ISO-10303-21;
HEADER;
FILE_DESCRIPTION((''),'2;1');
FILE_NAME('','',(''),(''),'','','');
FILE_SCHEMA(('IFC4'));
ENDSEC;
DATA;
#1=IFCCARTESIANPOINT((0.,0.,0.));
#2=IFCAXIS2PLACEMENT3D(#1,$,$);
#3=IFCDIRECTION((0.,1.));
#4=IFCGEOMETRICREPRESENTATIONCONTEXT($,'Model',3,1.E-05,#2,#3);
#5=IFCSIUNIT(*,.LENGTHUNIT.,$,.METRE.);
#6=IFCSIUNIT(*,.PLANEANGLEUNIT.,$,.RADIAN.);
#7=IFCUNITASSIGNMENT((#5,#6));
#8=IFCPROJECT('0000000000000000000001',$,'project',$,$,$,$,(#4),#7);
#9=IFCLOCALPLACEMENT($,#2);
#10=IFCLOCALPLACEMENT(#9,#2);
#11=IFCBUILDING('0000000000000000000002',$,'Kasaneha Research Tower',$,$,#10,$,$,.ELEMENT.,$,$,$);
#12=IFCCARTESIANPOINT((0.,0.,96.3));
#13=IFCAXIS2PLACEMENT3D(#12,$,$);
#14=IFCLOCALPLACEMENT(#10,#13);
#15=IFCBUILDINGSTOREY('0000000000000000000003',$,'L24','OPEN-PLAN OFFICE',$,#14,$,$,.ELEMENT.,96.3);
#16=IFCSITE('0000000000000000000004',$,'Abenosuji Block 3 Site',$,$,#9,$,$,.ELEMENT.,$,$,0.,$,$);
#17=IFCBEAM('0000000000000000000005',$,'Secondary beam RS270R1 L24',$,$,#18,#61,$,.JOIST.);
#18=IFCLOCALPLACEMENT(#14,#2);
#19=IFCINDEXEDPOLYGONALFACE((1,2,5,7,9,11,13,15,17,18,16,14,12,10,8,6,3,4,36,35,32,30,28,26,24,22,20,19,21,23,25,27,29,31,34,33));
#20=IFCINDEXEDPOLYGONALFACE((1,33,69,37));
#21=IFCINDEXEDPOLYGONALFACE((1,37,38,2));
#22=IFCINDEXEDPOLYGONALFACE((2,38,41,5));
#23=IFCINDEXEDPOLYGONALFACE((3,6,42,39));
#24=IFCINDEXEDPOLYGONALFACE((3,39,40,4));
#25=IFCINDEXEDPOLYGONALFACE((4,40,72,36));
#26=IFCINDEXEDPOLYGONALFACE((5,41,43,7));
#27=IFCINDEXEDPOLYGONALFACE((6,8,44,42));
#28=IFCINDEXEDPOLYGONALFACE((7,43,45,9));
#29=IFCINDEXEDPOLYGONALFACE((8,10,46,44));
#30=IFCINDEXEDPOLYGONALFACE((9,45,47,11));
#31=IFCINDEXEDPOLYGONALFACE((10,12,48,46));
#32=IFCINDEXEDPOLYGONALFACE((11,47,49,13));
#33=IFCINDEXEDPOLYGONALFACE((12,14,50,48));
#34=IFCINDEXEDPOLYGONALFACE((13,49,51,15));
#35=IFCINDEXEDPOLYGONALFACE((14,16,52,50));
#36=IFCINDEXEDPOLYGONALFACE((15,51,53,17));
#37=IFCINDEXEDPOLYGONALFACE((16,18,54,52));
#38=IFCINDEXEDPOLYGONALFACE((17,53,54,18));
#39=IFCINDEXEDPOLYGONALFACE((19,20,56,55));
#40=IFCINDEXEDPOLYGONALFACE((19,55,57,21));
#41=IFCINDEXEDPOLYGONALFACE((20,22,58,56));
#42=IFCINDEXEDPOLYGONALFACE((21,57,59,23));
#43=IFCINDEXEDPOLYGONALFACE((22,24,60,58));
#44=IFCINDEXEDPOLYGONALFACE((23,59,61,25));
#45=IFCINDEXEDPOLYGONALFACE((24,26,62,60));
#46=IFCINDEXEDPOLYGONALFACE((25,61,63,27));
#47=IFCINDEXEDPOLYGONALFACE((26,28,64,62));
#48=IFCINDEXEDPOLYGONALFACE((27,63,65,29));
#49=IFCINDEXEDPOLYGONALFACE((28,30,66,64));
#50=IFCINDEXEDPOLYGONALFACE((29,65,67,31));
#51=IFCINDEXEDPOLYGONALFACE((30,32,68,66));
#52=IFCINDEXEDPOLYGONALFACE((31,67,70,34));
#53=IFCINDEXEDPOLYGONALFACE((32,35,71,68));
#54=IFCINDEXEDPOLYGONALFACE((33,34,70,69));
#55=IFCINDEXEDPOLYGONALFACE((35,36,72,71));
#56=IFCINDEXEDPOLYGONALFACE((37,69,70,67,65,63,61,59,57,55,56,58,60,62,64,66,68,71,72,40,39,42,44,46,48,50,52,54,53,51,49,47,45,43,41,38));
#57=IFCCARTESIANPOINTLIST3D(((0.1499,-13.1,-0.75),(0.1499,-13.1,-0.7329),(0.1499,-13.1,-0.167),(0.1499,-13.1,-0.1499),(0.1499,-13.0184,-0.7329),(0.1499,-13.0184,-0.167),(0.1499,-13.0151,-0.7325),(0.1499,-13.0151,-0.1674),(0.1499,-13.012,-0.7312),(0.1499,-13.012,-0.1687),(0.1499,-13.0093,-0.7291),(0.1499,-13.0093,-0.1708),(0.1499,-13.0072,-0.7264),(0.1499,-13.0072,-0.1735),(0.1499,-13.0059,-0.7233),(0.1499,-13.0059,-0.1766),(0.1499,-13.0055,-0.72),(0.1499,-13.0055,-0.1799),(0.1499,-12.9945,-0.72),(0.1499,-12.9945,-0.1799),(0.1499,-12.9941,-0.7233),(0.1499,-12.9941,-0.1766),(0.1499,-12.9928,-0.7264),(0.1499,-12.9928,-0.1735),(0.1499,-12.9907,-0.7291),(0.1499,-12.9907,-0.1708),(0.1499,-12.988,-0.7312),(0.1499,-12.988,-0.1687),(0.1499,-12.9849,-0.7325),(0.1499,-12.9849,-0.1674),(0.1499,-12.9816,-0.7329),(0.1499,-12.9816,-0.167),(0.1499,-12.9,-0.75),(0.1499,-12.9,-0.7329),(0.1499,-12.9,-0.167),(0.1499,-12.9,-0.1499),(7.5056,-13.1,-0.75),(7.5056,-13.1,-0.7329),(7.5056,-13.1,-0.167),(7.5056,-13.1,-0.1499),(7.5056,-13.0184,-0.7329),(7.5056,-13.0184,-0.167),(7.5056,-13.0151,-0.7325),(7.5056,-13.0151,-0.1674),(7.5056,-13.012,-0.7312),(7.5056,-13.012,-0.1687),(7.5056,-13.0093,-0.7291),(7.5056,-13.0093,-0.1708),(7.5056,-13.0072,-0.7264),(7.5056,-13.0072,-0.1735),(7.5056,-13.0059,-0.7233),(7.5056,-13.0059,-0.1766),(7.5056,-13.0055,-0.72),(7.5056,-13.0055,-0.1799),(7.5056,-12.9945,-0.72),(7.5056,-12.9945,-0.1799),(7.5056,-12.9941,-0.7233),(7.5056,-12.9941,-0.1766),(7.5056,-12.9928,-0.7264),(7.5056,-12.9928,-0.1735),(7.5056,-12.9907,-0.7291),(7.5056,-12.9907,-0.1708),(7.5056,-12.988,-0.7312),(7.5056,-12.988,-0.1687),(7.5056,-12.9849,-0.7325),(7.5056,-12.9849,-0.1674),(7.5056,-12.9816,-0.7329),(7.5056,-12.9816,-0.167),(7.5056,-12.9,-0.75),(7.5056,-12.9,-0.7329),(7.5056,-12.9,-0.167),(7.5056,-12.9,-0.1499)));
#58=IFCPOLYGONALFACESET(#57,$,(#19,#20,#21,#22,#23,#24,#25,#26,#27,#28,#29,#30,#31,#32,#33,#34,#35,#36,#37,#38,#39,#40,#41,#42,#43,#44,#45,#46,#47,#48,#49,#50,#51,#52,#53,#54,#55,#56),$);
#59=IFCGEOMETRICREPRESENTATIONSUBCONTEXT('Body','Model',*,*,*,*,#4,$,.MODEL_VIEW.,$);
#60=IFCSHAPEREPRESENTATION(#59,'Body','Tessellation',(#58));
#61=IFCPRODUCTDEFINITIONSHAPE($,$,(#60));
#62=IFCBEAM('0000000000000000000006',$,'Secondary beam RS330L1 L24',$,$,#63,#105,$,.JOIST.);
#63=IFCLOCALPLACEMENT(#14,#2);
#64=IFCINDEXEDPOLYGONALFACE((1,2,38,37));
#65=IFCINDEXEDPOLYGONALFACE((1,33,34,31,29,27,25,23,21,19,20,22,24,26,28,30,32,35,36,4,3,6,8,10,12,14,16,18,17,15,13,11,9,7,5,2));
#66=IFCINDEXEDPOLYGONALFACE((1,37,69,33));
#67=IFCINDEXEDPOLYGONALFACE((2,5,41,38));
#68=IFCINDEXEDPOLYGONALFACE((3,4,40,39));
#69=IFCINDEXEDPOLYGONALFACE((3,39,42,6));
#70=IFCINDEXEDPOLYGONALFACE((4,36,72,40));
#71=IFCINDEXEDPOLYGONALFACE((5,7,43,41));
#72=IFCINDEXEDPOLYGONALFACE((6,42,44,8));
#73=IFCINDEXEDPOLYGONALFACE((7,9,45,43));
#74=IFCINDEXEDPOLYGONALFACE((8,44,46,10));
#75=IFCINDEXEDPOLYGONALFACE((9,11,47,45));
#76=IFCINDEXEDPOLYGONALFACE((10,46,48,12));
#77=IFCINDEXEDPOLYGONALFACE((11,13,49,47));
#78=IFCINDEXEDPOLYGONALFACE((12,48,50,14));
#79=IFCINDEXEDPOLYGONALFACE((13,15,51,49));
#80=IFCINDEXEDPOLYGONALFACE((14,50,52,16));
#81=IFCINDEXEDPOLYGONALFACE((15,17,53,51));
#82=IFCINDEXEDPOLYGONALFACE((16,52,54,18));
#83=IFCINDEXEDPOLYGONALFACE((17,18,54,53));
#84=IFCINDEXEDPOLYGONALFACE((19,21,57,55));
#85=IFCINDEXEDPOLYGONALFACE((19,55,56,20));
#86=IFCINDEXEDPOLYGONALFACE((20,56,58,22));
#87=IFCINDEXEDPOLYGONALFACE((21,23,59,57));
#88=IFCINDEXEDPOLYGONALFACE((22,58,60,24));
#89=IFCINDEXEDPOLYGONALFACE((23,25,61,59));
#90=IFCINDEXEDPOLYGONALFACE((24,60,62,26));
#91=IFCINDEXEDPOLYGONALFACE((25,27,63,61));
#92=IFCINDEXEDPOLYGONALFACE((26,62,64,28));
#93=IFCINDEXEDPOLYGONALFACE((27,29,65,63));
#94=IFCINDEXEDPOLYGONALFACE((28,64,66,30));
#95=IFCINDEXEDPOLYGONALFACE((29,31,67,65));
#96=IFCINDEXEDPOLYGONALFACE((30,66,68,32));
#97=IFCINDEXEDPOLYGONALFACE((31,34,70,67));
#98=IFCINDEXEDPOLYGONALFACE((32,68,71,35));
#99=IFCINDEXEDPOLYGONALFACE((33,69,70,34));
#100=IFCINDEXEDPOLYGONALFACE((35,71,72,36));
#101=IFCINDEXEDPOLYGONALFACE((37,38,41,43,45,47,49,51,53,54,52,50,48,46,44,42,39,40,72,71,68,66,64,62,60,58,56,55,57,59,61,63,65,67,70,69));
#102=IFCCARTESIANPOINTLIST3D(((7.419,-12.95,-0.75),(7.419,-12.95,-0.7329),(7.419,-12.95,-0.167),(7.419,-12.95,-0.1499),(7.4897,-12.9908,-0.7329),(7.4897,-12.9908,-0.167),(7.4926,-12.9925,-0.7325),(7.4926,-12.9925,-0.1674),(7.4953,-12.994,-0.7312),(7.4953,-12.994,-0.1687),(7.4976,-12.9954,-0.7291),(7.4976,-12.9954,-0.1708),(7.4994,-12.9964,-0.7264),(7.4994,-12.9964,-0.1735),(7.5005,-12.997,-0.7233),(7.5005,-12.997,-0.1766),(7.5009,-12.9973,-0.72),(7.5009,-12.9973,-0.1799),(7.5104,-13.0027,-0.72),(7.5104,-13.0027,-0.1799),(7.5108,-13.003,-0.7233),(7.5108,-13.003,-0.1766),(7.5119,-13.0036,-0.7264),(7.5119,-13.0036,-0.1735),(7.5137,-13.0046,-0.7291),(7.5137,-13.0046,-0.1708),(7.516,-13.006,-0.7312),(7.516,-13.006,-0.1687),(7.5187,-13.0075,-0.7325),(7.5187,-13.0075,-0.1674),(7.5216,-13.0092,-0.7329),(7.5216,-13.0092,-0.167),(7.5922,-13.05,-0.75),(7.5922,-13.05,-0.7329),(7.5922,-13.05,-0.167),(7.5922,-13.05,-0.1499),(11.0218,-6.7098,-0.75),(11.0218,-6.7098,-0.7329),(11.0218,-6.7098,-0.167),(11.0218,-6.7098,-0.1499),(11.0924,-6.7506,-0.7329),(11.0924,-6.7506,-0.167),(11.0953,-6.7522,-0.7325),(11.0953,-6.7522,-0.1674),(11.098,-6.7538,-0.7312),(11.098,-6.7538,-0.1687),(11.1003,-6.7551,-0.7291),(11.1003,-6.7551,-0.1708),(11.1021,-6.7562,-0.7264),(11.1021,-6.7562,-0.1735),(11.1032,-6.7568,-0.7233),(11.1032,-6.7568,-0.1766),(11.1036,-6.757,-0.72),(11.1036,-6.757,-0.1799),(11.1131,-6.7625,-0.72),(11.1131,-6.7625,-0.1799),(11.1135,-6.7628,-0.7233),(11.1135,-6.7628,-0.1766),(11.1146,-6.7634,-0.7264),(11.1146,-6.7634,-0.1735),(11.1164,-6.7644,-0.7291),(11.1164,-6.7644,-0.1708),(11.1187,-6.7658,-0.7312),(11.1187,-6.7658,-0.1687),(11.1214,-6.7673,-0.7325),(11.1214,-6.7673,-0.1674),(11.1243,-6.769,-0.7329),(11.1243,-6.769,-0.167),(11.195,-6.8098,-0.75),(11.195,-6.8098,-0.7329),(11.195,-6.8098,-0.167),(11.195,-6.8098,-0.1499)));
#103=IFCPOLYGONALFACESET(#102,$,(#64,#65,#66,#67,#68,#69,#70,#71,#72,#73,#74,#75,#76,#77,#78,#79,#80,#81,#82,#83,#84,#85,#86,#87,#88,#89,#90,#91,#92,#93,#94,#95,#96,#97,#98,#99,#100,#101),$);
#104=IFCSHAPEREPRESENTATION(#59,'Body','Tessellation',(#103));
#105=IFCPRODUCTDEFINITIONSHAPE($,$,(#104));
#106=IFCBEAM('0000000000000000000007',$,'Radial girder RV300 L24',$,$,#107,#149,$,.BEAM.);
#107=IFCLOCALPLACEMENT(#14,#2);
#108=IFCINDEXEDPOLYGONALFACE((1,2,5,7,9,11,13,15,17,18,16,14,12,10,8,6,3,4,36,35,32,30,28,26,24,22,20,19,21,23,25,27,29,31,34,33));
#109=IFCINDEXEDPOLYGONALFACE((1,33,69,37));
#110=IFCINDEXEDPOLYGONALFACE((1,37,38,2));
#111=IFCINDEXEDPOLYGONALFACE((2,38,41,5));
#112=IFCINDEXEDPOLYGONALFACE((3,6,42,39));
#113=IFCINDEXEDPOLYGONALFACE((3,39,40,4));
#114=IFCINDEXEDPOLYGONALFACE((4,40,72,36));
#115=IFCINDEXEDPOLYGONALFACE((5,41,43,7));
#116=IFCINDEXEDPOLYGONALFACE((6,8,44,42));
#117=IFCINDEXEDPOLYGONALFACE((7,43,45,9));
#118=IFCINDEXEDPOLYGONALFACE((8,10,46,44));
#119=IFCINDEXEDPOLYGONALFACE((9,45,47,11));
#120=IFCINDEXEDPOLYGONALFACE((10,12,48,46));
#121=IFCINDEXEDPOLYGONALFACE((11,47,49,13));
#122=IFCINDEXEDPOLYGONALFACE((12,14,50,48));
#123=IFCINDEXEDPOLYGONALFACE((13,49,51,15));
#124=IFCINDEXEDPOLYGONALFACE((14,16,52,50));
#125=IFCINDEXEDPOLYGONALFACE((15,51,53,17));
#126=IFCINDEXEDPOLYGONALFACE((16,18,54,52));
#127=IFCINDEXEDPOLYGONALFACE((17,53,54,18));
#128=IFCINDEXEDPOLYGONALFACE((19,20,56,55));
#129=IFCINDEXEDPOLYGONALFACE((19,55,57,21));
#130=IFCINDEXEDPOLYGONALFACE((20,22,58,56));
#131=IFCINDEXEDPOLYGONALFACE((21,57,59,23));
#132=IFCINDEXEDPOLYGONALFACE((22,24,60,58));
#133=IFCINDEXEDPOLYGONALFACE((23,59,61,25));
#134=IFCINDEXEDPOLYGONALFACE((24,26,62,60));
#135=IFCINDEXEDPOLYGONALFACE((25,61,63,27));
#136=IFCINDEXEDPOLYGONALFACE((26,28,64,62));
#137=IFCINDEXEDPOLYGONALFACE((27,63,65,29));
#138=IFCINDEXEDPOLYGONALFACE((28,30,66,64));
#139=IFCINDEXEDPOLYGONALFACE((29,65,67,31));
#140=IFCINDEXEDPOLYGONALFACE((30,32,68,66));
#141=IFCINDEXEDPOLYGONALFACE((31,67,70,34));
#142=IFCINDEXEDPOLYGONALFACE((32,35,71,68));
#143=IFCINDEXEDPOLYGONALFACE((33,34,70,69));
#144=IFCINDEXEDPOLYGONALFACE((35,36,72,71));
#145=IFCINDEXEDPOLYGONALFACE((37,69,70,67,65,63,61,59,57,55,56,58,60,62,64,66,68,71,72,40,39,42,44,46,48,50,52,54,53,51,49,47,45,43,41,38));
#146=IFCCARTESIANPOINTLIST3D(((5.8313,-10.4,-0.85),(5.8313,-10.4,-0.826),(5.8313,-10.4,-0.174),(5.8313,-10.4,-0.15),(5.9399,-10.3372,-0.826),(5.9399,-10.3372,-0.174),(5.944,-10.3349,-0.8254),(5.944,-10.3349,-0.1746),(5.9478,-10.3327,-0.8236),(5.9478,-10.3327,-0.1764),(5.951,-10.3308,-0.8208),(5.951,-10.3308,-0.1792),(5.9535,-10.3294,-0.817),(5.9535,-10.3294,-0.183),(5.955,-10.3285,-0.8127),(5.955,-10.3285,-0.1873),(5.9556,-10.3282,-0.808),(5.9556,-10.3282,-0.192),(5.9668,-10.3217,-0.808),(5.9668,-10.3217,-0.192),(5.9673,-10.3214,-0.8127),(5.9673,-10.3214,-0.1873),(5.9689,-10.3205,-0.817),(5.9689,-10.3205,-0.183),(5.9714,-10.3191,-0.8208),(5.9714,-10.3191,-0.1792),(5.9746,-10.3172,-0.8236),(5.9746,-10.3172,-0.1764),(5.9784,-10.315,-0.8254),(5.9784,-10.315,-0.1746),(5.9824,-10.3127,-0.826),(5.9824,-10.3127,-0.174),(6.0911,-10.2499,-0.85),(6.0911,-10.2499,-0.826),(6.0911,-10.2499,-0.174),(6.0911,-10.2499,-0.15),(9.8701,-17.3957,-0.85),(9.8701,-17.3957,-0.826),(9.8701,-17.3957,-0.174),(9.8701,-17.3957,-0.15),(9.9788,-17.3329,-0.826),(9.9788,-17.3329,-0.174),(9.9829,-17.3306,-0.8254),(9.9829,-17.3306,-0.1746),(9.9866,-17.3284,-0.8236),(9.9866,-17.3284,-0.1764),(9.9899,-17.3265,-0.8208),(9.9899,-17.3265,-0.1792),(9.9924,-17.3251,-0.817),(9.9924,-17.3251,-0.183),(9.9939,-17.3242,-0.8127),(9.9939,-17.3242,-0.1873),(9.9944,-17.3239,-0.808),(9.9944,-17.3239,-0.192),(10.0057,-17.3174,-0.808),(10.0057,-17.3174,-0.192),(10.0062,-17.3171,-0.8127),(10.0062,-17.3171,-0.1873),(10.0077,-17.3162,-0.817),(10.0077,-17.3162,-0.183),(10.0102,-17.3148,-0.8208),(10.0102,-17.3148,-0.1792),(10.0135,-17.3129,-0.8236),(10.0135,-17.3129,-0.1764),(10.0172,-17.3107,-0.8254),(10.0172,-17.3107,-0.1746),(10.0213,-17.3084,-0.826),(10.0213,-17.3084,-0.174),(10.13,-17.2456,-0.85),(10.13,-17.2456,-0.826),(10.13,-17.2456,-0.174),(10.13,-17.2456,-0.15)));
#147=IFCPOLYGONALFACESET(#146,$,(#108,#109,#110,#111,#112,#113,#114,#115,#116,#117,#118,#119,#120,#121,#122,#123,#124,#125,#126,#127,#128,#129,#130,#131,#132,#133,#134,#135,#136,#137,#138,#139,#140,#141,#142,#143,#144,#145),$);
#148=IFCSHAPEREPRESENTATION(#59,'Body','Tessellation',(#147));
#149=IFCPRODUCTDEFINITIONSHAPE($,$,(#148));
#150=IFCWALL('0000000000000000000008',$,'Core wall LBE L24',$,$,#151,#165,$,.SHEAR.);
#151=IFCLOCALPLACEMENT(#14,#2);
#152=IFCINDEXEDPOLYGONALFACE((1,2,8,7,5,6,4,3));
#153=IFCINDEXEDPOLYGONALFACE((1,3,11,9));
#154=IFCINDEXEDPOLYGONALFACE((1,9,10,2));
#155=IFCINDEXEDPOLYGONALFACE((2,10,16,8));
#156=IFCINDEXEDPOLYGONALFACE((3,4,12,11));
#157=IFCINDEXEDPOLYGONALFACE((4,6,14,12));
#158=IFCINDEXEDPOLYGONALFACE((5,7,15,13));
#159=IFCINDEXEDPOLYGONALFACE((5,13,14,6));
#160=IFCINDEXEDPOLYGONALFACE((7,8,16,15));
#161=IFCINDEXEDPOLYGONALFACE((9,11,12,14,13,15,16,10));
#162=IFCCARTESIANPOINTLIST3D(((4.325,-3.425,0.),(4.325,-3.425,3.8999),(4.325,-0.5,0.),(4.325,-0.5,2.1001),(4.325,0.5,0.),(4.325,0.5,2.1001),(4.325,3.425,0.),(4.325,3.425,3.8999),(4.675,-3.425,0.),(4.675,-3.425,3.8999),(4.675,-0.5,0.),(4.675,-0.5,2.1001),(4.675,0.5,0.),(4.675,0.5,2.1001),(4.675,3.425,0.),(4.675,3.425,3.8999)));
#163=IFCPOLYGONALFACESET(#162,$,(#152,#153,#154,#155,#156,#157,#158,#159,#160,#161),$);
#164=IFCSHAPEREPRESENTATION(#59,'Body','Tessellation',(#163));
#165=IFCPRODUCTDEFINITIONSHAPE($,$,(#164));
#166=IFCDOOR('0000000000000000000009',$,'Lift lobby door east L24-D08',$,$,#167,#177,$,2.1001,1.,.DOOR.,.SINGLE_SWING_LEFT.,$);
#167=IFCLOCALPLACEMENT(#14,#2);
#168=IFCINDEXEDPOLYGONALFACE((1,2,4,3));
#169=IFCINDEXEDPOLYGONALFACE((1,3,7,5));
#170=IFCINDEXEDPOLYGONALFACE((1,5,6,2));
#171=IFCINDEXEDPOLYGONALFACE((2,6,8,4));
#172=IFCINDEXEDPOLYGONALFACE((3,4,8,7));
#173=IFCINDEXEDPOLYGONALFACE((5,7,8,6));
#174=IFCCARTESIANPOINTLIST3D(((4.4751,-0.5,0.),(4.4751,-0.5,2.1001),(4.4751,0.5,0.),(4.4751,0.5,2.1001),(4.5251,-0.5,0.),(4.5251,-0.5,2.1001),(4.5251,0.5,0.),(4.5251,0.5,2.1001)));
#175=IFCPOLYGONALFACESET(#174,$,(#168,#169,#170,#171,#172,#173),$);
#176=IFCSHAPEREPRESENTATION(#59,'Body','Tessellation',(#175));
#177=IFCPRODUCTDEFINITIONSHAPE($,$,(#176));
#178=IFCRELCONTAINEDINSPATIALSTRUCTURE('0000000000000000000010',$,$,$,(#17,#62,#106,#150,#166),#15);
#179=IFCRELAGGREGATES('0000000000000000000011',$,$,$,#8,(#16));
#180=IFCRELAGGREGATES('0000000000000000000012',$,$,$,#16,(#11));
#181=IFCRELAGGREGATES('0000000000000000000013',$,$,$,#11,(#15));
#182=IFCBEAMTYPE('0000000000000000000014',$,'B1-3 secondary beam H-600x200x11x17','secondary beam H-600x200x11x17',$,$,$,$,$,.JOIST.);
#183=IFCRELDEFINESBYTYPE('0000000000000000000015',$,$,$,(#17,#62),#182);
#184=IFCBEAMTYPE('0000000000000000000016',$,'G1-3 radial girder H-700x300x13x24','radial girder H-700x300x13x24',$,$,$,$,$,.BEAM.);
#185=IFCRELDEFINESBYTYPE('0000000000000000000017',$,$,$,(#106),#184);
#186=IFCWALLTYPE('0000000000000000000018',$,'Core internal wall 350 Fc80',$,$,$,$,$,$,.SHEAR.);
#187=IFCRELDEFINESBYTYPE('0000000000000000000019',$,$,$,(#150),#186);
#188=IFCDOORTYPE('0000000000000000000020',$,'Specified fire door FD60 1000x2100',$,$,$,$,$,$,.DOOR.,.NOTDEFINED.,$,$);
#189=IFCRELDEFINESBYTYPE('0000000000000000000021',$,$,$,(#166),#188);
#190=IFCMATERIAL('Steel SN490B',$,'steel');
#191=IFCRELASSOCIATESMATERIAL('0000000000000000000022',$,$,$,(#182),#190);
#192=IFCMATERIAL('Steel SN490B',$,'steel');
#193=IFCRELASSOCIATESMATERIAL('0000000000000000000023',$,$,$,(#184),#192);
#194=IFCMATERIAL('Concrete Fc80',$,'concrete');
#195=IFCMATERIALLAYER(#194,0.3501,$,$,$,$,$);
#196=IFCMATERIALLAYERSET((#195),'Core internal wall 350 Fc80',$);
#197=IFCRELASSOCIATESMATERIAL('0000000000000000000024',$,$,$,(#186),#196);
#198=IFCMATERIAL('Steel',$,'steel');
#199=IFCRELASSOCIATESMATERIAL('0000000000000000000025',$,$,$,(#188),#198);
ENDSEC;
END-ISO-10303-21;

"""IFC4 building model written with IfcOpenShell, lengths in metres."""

from ifc_helpers import new_model, si_unit, direction, frame, frame_2d, origin, origin_2d, place, context, subcontext, project, spatial, rectangle, i_section, extrude, material, layer, layer_set, material_profile, profile_set, type_object, element, fill, save


model = new_model("IFC4")

# Units and contexts
model_context = context("Model", 3, precision=1e-05, world=origin(), true_north=direction((0.0, 1.0)))
body_context = subcontext(model_context, "Body", "Model", "MODEL_VIEW")
ifc_project = project(units=[si_unit("LENGTHUNIT", "METRE"), si_unit("PLANEANGLEUNIT", "RADIAN")], contexts=[model_context])

# Site, building, storey
site_placement = place(None, origin())
site = spatial("IfcSite", under=ifc_project, at=site_placement, Name="Abenosuji Block 3 Site", CompositionType="ELEMENT", RefElevation=0.0)
building_placement = place(site_placement, origin())
building = spatial("IfcBuilding", under=site, at=building_placement, Name="Kasaneha Research Tower", CompositionType="ELEMENT")
storey_placement = place(building_placement, frame((0.0, 0.0, 96.3)))
storey = spatial("IfcBuildingStorey", under=building, at=storey_placement, Name="L24", Description="OPEN-PLAN OFFICE", CompositionType="ELEMENT", Elevation=96.3)

# Beams
ifc_material_1 = material(Name="Steel SN490B", Category="steel")
ifc_material_profile_1 = material_profile(ifc_material_1, i_section(OverallWidth=0.2, OverallDepth=0.6001, WebThickness=0.011, FlangeThickness=0.0171, FilletRadius=0.0129, at=origin_2d()), Name="H-600x200x11x17")
ifc_profile_set_1 = profile_set([ifc_material_profile_1], Name="Steel SN490B")
beam_type_1 = type_object("IfcBeamType", Name="B1-3 secondary beam H-600x200x11x17", Description="secondary beam H-600x200x11x17", PredefinedType="JOIST", material=ifc_profile_set_1)
beam_1_placement = place(storey_placement, frame((7.5056, -13.0, -0.45), z_axis=(-1.0, 0.0, 0.0), x_axis=(0.0, -1.0, 0.0)))
element("IfcBeam", 1, at=beam_1_placement, inside=storey, type_object=beam_type_1, Name="Secondary beam RS270R1 L24", PredefinedType="JOIST", context=body_context, shape_type="SweptSolid", body=[
    extrude(i_section(OverallWidth=0.2, OverallDepth=0.6001, WebThickness=0.011, FlangeThickness=0.0171, FilletRadius=0.0129, at=origin_2d()), origin(), (0.0, 0.0, 1.0), 7.3557),
])
beam_2_placement = place(storey_placement, frame((7.5056, -13.0, -0.45), z_axis=(0.499998, 0.866026, 0.0), x_axis=(-0.866026, 0.499998, 0.0)))
element("IfcBeam", 2, at=beam_2_placement, inside=storey, type_object=beam_type_1, Name="Secondary beam RS330L1 L24", PredefinedType="JOIST", context=body_context, shape_type="SweptSolid", body=[
    extrude(i_section(OverallWidth=0.2, OverallDepth=0.6001, WebThickness=0.011, FlangeThickness=0.0171, FilletRadius=0.0129, at=origin_2d()), origin(), (0.0, 0.0, 1.0), 7.2056),
])
ifc_material_2 = material(Name="Steel SN490B", Category="steel")
ifc_material_profile_2 = material_profile(ifc_material_2, i_section(OverallWidth=0.3, OverallDepth=0.7, WebThickness=0.0129, FlangeThickness=0.0239, FilletRadius=0.0181, at=origin_2d()), Name="H-700x300x13x24")
ifc_profile_set_2 = profile_set([ifc_material_profile_2], Name="Steel SN490B")
beam_type_2 = type_object("IfcBeamType", Name="G1-3 radial girder H-700x300x13x24", Description="radial girder H-700x300x13x24", PredefinedType="BEAM", material=ifc_profile_set_2)
beam_3_placement = place(storey_placement, frame((5.9612, -10.325, -0.5), z_axis=(0.499991, -0.866031, 0.0), x_axis=(0.866031, 0.499991, 0.0)))
element("IfcBeam", 3, at=beam_3_placement, inside=storey, type_object=beam_type_2, Name="Radial girder RV300 L24", PredefinedType="BEAM", context=body_context, shape_type="SweptSolid", body=[
    extrude(i_section(OverallWidth=0.3, OverallDepth=0.7, WebThickness=0.0129, FlangeThickness=0.0239, FilletRadius=0.0181, at=origin_2d()), origin(), (0.0, 0.0, 1.0), 8.0779),
])

# Wall, opening, door
ifc_material_3 = material(Name="Concrete Fc80", Category="concrete")
ifc_layer_1 = layer(ifc_material_3, 0.3501)
ifc_layer_set_1 = layer_set([ifc_layer_1], Name="Core internal wall 350 Fc80")
wall_type_1 = type_object("IfcWallType", Name="Core internal wall 350 Fc80", PredefinedType="SHEAR", material=ifc_layer_set_1)
wall_1_placement = place(storey_placement, frame((4.5, -3.425, 0.0), z_axis=(0.0, 0.0, 1.0), x_axis=(0.0, 1.0, 0.0)))
wall_1 = element("IfcWall", 4, at=wall_1_placement, inside=storey, type_object=wall_type_1, Name="Core wall LBE L24", PredefinedType="SHEAR", context=body_context, shape_type="SweptSolid", body=[
    extrude(rectangle(XDim=6.8501, YDim=0.3501, at=frame_2d((3.425, 0.0))), origin(), (0.0, 0.0, 1.0), 3.8999),
])
opening_1_placement = place(wall_1_placement, frame((2.925, 0.0, 0.0)))
opening_1 = element("IfcOpeningElement", 5, at=opening_1_placement, cuts=wall_1, PredefinedType="OPENING", context=body_context, shape_type="SweptSolid", body=[
    extrude(rectangle(XDim=1.0, YDim=2.1001, at=frame_2d((0.5, 1.05))), frame((0.0, 0.1851, 0.0), z_axis=(0.0, -1.0, 0.0), x_axis=(1.0, 0.0, 0.0)), (0.0, 0.0, 1.0), 0.3701),
])
ifc_material_4 = material(Name="Steel", Category="steel")
door_type_1 = type_object("IfcDoorType", Name="Specified fire door FD60 1000x2100", OperationType="NOTDEFINED", PredefinedType="DOOR", material=ifc_material_4)
door_1_placement = place(opening_1_placement, origin())
door_1 = element("IfcDoor", 6, at=door_1_placement, inside=storey, type_object=door_type_1, Name="Lift lobby door east L24-D08", OperationType="SINGLE_SWING_LEFT", OverallHeight=2.1001, OverallWidth=1.0, PredefinedType="DOOR", context=body_context, shape_type="SweptSolid", body=[
    extrude(rectangle(XDim=1.0, YDim=2.1001, at=frame_2d((0.5, 1.05))), frame((0.0, 0.0249, 0.0), z_axis=(0.0, -1.0, 0.0), x_axis=(1.0, 0.0, 0.0)), (0.0, 0.0, 1.0), 0.05),
])
fill(opening_1, door_1)

save(model, "model.ifc")
